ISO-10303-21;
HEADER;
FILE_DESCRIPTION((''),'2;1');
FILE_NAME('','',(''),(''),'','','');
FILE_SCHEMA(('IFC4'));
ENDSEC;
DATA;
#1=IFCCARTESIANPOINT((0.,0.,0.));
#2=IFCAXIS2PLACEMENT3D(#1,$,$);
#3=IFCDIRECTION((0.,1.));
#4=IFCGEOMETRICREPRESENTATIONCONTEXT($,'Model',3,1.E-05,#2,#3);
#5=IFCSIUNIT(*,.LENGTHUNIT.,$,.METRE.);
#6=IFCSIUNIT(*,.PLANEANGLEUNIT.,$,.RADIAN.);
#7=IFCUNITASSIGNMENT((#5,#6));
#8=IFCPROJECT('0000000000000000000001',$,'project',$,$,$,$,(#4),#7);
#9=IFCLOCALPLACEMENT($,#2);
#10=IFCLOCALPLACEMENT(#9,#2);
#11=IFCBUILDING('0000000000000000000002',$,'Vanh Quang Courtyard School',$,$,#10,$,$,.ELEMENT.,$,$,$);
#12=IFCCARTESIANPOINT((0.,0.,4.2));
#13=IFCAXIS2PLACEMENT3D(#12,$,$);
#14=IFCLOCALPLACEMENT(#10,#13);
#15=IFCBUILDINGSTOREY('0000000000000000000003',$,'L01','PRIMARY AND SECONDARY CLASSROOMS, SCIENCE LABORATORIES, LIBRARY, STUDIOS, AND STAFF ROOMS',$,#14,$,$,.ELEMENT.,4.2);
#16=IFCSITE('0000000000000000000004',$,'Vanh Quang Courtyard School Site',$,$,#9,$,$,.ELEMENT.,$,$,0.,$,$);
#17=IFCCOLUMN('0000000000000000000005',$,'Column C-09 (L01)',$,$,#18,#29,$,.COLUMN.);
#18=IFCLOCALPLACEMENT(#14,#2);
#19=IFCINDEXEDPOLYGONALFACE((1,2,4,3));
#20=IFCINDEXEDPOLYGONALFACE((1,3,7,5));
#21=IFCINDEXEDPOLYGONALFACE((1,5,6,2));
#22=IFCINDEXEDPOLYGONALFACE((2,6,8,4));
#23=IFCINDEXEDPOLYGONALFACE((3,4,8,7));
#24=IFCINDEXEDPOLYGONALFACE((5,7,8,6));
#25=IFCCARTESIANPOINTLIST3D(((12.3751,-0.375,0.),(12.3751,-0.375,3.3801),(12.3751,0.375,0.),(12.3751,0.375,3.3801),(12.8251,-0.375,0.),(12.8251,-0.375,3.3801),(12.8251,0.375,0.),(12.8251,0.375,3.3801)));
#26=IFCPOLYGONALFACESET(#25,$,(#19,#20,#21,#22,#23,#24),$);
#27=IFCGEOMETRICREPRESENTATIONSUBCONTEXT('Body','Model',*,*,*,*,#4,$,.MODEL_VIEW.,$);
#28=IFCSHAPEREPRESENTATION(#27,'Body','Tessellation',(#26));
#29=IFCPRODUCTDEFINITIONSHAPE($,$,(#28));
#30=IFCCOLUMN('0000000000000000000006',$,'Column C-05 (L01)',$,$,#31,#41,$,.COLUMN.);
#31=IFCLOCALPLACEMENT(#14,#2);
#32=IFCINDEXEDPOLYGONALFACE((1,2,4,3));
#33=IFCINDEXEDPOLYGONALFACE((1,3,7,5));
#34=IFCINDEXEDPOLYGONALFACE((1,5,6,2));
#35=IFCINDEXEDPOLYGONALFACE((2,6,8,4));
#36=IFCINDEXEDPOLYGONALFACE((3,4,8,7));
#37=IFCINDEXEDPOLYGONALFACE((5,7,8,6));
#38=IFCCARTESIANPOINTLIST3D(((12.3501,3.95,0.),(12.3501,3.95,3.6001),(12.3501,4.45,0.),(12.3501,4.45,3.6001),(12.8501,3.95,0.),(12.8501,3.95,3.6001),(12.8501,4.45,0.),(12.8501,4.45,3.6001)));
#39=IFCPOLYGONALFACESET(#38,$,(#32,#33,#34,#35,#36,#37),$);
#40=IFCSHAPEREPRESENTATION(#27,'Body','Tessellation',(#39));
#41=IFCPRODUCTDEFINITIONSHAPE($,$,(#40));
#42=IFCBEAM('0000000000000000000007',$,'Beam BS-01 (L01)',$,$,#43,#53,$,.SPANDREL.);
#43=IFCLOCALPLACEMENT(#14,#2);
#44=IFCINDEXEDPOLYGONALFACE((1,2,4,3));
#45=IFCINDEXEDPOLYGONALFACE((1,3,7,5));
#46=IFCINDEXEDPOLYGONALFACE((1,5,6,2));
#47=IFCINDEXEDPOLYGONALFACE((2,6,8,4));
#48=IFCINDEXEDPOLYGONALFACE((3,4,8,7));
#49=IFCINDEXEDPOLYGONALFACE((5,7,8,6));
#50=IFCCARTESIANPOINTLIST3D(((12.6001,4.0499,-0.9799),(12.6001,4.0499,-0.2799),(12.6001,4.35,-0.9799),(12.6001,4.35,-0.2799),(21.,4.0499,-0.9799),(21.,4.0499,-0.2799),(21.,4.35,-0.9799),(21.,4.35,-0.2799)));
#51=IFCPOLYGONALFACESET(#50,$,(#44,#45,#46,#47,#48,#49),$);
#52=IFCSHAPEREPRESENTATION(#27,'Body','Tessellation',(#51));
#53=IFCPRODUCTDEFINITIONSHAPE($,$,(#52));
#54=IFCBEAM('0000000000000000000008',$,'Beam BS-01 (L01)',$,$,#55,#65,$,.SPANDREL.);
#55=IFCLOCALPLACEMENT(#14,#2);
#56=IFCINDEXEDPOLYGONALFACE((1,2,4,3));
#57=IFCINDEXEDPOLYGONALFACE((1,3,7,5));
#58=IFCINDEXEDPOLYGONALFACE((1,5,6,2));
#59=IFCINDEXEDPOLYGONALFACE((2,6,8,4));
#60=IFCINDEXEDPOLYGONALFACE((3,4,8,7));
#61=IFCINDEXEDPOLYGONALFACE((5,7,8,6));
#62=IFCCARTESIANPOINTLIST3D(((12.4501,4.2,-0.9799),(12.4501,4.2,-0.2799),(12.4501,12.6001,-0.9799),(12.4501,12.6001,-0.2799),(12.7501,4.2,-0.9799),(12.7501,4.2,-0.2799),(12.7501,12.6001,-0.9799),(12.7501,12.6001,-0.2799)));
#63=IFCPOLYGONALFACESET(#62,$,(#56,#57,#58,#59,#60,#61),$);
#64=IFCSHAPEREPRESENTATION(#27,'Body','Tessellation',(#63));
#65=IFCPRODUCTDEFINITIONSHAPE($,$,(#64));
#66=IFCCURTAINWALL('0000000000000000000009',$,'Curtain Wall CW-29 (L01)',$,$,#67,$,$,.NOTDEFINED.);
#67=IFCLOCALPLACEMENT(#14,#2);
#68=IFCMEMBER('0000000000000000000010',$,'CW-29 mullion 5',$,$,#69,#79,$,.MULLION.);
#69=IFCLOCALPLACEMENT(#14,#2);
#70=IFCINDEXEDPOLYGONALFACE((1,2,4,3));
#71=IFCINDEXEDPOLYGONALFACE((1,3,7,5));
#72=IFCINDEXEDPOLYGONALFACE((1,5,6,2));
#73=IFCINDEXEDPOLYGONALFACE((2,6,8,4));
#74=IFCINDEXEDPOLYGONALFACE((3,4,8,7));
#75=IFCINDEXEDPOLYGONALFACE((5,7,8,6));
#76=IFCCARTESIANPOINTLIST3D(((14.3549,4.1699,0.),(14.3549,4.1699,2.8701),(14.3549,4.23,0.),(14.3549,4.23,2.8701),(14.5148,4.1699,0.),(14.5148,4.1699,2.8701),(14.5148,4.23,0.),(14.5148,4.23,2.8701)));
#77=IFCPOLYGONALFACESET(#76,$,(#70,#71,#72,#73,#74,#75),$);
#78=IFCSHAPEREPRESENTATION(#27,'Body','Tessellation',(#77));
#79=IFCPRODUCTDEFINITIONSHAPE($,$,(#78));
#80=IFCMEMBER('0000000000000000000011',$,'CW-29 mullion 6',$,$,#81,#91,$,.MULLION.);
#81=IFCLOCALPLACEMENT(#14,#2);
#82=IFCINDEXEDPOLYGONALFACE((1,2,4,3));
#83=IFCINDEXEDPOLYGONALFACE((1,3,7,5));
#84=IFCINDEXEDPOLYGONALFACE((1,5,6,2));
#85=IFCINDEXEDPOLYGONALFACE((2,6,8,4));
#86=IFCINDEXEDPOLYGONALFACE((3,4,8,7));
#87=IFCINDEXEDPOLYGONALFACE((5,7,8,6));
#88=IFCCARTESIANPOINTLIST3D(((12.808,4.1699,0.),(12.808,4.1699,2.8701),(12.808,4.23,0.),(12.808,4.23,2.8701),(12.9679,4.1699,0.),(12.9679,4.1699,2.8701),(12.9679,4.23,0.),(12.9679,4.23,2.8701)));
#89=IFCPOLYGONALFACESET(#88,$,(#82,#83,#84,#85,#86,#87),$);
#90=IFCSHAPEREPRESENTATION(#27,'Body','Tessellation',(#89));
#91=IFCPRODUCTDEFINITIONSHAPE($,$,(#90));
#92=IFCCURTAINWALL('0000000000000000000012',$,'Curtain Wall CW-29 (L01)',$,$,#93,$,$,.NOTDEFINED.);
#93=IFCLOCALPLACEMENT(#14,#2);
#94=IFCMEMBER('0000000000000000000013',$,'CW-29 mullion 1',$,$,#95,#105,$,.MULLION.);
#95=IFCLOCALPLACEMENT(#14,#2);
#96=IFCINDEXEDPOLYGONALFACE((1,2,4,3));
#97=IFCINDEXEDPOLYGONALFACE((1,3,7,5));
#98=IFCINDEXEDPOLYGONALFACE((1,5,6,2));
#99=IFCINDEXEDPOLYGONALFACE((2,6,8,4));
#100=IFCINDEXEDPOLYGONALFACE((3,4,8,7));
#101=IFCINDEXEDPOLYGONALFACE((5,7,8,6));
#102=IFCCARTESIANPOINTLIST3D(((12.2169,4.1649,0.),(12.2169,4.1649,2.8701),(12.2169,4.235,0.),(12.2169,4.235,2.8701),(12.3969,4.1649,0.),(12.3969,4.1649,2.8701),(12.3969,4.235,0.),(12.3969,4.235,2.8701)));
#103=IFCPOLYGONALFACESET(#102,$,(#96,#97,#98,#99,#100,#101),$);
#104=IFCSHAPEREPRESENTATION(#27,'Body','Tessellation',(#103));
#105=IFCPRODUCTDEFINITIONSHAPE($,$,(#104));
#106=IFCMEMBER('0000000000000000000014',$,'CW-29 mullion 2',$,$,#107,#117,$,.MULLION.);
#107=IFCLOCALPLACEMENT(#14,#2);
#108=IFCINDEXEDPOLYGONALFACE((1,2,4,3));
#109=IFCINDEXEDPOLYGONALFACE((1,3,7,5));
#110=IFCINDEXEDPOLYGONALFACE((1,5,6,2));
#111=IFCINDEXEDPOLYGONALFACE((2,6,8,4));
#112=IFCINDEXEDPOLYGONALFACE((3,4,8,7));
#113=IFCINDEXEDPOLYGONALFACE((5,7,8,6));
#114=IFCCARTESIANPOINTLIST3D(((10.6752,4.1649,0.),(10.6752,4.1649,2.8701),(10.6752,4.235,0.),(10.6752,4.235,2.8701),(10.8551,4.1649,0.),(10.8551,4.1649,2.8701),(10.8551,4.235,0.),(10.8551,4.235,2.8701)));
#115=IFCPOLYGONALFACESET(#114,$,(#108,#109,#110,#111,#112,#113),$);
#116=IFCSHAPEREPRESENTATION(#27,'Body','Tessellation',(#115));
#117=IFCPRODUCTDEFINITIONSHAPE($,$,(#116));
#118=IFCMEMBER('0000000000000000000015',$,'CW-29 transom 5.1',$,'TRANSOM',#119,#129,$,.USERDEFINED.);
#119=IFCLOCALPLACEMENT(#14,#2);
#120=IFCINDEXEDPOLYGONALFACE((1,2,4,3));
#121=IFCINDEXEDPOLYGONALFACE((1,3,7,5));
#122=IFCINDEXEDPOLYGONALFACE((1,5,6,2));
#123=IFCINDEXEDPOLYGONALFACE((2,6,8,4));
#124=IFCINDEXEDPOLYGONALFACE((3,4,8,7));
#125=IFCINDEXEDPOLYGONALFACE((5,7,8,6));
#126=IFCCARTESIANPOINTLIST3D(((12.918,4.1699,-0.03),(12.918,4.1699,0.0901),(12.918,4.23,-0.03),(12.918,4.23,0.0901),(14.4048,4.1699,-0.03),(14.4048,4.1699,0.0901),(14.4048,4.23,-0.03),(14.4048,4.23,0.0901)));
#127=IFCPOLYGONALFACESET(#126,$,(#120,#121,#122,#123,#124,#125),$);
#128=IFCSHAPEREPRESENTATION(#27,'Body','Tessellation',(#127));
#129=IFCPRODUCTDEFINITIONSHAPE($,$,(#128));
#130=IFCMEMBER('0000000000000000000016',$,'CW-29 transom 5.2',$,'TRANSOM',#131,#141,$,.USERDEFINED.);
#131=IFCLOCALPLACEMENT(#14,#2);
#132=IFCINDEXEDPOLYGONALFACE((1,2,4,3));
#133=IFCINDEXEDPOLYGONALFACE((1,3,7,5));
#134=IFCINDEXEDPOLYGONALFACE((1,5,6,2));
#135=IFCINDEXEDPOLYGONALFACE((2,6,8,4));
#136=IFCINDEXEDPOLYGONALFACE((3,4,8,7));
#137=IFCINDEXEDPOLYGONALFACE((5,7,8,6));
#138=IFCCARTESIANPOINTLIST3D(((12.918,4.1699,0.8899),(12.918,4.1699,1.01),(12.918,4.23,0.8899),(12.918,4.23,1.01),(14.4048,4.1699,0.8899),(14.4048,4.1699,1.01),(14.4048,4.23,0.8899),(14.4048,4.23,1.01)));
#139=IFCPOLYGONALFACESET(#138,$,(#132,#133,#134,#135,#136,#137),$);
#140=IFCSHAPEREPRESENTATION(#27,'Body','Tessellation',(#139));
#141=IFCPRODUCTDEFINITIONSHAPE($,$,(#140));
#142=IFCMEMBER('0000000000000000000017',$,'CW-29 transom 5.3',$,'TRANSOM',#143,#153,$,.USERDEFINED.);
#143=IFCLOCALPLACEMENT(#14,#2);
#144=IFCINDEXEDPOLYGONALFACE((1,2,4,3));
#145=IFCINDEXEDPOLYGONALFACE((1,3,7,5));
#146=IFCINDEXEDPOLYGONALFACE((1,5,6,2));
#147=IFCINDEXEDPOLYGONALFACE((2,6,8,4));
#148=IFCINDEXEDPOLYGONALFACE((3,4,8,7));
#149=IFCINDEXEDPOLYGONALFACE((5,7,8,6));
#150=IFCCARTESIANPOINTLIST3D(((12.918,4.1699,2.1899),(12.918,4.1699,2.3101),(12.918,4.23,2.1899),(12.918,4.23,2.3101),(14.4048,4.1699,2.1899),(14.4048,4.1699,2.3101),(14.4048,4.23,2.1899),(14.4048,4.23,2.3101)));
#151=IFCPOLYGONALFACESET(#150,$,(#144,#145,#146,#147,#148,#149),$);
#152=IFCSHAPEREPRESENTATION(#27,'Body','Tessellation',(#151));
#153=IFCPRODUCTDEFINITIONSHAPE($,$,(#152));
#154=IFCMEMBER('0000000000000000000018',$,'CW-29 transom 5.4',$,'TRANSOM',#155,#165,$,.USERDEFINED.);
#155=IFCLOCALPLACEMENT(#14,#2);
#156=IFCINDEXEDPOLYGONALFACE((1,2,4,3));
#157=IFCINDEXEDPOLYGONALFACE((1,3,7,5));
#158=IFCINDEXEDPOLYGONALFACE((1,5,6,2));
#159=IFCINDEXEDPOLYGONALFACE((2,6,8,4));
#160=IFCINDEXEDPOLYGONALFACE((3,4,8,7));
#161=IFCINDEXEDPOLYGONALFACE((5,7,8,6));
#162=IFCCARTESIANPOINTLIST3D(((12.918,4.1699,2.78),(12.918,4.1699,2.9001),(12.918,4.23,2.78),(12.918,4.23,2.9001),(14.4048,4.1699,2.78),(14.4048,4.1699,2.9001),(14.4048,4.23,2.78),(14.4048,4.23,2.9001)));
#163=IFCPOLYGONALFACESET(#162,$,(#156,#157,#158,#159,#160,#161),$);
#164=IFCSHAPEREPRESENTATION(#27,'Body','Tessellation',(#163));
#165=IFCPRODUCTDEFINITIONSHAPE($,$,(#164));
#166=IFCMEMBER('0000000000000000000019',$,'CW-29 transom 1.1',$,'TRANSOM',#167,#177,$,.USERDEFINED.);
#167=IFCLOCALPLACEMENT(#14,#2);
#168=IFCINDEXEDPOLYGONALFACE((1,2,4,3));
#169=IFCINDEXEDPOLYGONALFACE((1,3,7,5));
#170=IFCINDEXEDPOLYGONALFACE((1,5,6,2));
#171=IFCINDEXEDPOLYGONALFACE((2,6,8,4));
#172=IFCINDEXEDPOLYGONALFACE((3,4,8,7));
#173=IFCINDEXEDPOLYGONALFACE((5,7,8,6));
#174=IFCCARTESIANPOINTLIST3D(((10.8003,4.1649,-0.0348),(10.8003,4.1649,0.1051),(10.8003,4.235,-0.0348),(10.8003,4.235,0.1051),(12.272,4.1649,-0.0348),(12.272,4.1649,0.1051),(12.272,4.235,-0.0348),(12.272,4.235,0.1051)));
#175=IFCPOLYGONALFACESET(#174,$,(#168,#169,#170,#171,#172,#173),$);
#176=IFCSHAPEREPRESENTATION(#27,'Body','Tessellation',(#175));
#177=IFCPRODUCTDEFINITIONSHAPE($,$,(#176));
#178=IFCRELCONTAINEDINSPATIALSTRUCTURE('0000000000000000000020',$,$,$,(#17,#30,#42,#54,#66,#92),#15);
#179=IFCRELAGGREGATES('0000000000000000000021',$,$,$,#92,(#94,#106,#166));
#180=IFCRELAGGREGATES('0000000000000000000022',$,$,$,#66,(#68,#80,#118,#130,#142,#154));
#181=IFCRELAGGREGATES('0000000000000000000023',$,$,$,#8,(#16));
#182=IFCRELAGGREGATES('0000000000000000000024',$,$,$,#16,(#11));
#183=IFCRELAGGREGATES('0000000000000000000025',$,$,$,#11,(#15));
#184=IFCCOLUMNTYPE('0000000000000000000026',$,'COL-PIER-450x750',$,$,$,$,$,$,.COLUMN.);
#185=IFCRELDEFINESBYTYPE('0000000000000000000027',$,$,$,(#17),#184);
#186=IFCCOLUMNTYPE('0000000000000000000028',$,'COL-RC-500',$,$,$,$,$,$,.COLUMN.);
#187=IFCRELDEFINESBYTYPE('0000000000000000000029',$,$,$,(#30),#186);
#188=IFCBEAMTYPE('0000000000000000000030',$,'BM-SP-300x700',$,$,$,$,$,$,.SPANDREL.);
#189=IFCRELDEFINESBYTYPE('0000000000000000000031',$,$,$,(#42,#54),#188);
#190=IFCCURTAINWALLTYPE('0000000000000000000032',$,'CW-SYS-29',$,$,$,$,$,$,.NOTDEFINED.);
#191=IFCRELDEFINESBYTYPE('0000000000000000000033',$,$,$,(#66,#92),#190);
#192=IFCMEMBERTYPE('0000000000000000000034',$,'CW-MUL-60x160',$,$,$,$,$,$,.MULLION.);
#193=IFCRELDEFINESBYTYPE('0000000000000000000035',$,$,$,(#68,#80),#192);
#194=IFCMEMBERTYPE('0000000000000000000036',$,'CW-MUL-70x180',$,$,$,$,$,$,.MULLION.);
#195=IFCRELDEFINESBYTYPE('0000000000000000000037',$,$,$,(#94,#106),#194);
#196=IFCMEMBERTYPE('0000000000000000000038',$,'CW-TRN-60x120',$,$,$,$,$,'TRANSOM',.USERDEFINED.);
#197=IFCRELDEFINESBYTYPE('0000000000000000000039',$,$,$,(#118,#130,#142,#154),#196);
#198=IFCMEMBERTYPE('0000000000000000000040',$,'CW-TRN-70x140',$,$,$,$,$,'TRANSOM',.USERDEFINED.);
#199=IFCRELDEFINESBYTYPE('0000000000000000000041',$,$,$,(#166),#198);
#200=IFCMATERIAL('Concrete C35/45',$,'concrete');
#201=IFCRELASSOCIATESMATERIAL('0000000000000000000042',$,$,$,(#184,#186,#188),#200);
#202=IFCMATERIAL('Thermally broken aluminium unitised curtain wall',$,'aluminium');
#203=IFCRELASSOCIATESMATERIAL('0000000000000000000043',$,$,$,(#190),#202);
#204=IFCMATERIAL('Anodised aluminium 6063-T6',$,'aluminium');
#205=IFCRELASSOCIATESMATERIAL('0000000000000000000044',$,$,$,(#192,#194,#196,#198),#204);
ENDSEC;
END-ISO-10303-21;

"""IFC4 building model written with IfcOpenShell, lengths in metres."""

from ifc_helpers import new_model, si_unit, direction, frame, origin, origin_2d, place, context, subcontext, project, spatial, rectangle, extrude, material, material_profile, profile_set, type_object, element, aggregate, save


model = new_model("IFC4")

# Units and contexts
model_context = context("Model", 3, precision=1e-05, world=origin(), true_north=direction((0.0, 1.0)))
body_context = subcontext(model_context, "Body", "Model", "MODEL_VIEW")
ifc_project = project(units=[si_unit("LENGTHUNIT", "METRE"), si_unit("PLANEANGLEUNIT", "RADIAN")], contexts=[model_context])

# Site, building, storey
site_placement = place(None, origin())
site = spatial("IfcSite", under=ifc_project, at=site_placement, Name="Vanh Quang Courtyard School Site", CompositionType="ELEMENT", RefElevation=0.0)
building_placement = place(site_placement, origin())
building = spatial("IfcBuilding", under=site, at=building_placement, Name="Vanh Quang Courtyard School", CompositionType="ELEMENT")
storey_placement = place(building_placement, frame((0.0, 0.0, 4.2)))
storey = spatial("IfcBuildingStorey", under=building, at=storey_placement, Name="L01", Description="PRIMARY AND SECONDARY CLASSROOMS, SCIENCE LABORATORIES, LIBRARY, STUDIOS, AND STAFF ROOMS", CompositionType="ELEMENT", Elevation=4.2)

# Columns
ifc_material_1 = material(Name="Concrete C35/45", Category="concrete")
ifc_material_profile_1 = material_profile(ifc_material_1, rectangle(XDim=0.45, YDim=0.75, at=origin_2d()), Name="RC-PIER 450x750")
ifc_profile_set_1 = profile_set([ifc_material_profile_1], Name="Concrete C35/45")
column_type_1 = type_object("IfcColumnType", Name="COL-PIER-450x750", PredefinedType="COLUMN", material=ifc_profile_set_1)
column_1_placement = place(storey_placement, frame((12.6001, 0.0, 0.0), z_axis=(0.0, 0.0, 1.0), x_axis=(1.0, 0.0, 0.0)))
element("IfcColumn", 1, at=column_1_placement, inside=storey, type_object=column_type_1, Name="Column C-09 (L01)", PredefinedType="COLUMN", context=body_context, shape_type="SweptSolid", body=[
    extrude(rectangle(XDim=0.45, YDim=0.75, at=origin_2d()), origin(), (0.0, 0.0, 1.0), 3.3801),
])
ifc_material_profile_2 = material_profile(ifc_material_1, rectangle(XDim=0.5, YDim=0.5, at=origin_2d()), Name="RC-COL 500x500")
ifc_profile_set_2 = profile_set([ifc_material_profile_2], Name="Concrete C35/45")
column_type_2 = type_object("IfcColumnType", Name="COL-RC-500", PredefinedType="COLUMN", material=ifc_profile_set_2)
column_2_placement = place(storey_placement, frame((12.6001, 4.2, 0.0), z_axis=(0.0, 0.0, 1.0), x_axis=(1.0, 0.0, 0.0)))
element("IfcColumn", 2, at=column_2_placement, inside=storey, type_object=column_type_2, Name="Column C-05 (L01)", PredefinedType="COLUMN", context=body_context, shape_type="SweptSolid", body=[
    extrude(rectangle(XDim=0.5, YDim=0.5, at=origin_2d()), origin(), (0.0, 0.0, 1.0), 3.6001),
])

# Beams
ifc_material_profile_3 = material_profile(ifc_material_1, rectangle(XDim=0.3, YDim=0.7, at=origin_2d()), Name="RC-SP 300x700")
ifc_profile_set_3 = profile_set([ifc_material_profile_3], Name="Concrete C35/45")
beam_type = type_object("IfcBeamType", Name="BM-SP-300x700", PredefinedType="SPANDREL", material=ifc_profile_set_3)
beam_1_placement = place(storey_placement, frame((12.6001, 4.2, -0.6299), z_axis=(1.0, 0.0, 0.0), x_axis=(0.0, 1.0, 0.0)))
element("IfcBeam", 3, at=beam_1_placement, inside=storey, type_object=beam_type, Name="Beam BS-01 (L01)", PredefinedType="SPANDREL", context=body_context, shape_type="SweptSolid", body=[
    extrude(rectangle(XDim=0.3, YDim=0.7, at=origin_2d()), origin(), (0.0, 0.0, 1.0), 8.3999),
])
beam_2_placement = place(storey_placement, frame((12.6001, 4.2, -0.6299), z_axis=(0.0, 1.0, 0.0), x_axis=(-1.0, 0.0, 0.0)))
element("IfcBeam", 4, at=beam_2_placement, inside=storey, type_object=beam_type, Name="Beam BS-01 (L01)", PredefinedType="SPANDREL", context=body_context, shape_type="SweptSolid", body=[
    extrude(rectangle(XDim=0.3, YDim=0.7, at=origin_2d()), origin(), (0.0, 0.0, 1.0), 8.4001),
])

# Curtain walls, members
ifc_material_2 = material(Name="Thermally broken aluminium unitised curtain wall", Category="aluminium")
curtain_wall_type = type_object("IfcCurtainWallType", Name="CW-SYS-29", PredefinedType="NOTDEFINED", material=ifc_material_2)
curtain_wall_1_placement = place(storey_placement, origin())
curtain_wall_1 = element("IfcCurtainWall", 5, at=curtain_wall_1_placement, inside=storey, type_object=curtain_wall_type, Name="Curtain Wall CW-29 (L01)", PredefinedType="NOTDEFINED")
ifc_material_3 = material(Name="Anodised aluminium 6063-T6", Category="aluminium")
ifc_material_profile_4 = material_profile(ifc_material_3, rectangle(XDim=0.0601, YDim=0.1599, at=origin_2d()), Name="ALU-MUL 60x160")
ifc_profile_set_4 = profile_set([ifc_material_profile_4], Name="Anodised aluminium 6063-T6")
member_type_1 = type_object("IfcMemberType", Name="CW-MUL-60x160", PredefinedType="MULLION", material=ifc_profile_set_4)
member_1_placement = place(storey_placement, frame((14.4348, 4.2, 0.0), z_axis=(0.0, 0.0, 1.0), x_axis=(0.0, -1.0, 0.0)))
member_1 = element("IfcMember", 6, at=member_1_placement, type_object=member_type_1, Name="CW-29 mullion 5", PredefinedType="MULLION", context=body_context, shape_type="SweptSolid", body=[
    extrude(rectangle(XDim=0.0601, YDim=0.1599, at=origin_2d()), origin(), (0.0, 0.0, 1.0), 2.8701),
])
member_2_placement = place(storey_placement, frame((12.8879, 4.2, 0.0), z_axis=(0.0, 0.0, 1.0), x_axis=(0.0, -1.0, 0.0)))
member_2 = element("IfcMember", 7, at=member_2_placement, type_object=member_type_1, Name="CW-29 mullion 6", PredefinedType="MULLION", context=body_context, shape_type="SweptSolid", body=[
    extrude(rectangle(XDim=0.0601, YDim=0.1599, at=origin_2d()), origin(), (0.0, 0.0, 1.0), 2.8701),
])
curtain_wall_2_placement = place(storey_placement, origin())
curtain_wall_2 = element("IfcCurtainWall", 8, at=curtain_wall_2_placement, inside=storey, type_object=curtain_wall_type, Name="Curtain Wall CW-29 (L01)", PredefinedType="NOTDEFINED")
ifc_material_profile_5 = material_profile(ifc_material_3, rectangle(XDim=0.0701, YDim=0.1799, at=origin_2d()), Name="ALU-MUL 70x180")
ifc_profile_set_5 = profile_set([ifc_material_profile_5], Name="Anodised aluminium 6063-T6")
member_type_2 = type_object("IfcMemberType", Name="CW-MUL-70x180", PredefinedType="MULLION", material=ifc_profile_set_5)
member_3_placement = place(storey_placement, frame((12.3069, 4.2, 0.0), z_axis=(0.0, 0.0, 1.0), x_axis=(0.0, -1.0, 0.0)))
member_3 = element("IfcMember", 9, at=member_3_placement, type_object=member_type_2, Name="CW-29 mullion 1", PredefinedType="MULLION", context=body_context, shape_type="SweptSolid", body=[
    extrude(rectangle(XDim=0.0701, YDim=0.1799, at=origin_2d()), origin(), (0.0, 0.0, 1.0), 2.8701),
])
member_4_placement = place(storey_placement, frame((10.7651, 4.2, 0.0), z_axis=(0.0, 0.0, 1.0), x_axis=(0.0, -1.0, 0.0)))
member_4 = element("IfcMember", 10, at=member_4_placement, type_object=member_type_2, Name="CW-29 mullion 2", PredefinedType="MULLION", context=body_context, shape_type="SweptSolid", body=[
    extrude(rectangle(XDim=0.0701, YDim=0.1799, at=origin_2d()), origin(), (0.0, 0.0, 1.0), 2.8701),
])

# Members
ifc_material_profile_6 = material_profile(ifc_material_3, rectangle(XDim=0.0601, YDim=0.1201, at=origin_2d()), Name="ALU-TRN 60x120")
ifc_profile_set_6 = profile_set([ifc_material_profile_6], Name="Anodised aluminium 6063-T6")
member_type_3 = type_object("IfcMemberType", Name="CW-TRN-60x120", ElementType="TRANSOM", PredefinedType="USERDEFINED", material=ifc_profile_set_6)
member_5_placement = place(storey_placement, frame((14.4048, 4.2, 0.03), z_axis=(-1.0, 0.0, 0.0), x_axis=(0.0, -1.0, 0.0)))
member_5 = element("IfcMember", 11, at=member_5_placement, type_object=member_type_3, Name="CW-29 transom 5.1", ObjectType="TRANSOM", PredefinedType="USERDEFINED", context=body_context, shape_type="SweptSolid", body=[
    extrude(rectangle(XDim=0.0601, YDim=0.1201, at=origin_2d()), origin(), (0.0, 0.0, 1.0), 1.4868),
])
member_6_placement = place(storey_placement, frame((14.4048, 4.2, 0.95), z_axis=(-1.0, 0.0, 0.0), x_axis=(0.0, -1.0, 0.0)))
member_6 = element("IfcMember", 12, at=member_6_placement, type_object=member_type_3, Name="CW-29 transom 5.2", ObjectType="TRANSOM", PredefinedType="USERDEFINED", context=body_context, shape_type="SweptSolid", body=[
    extrude(rectangle(XDim=0.0601, YDim=0.1201, at=origin_2d()), origin(), (0.0, 0.0, 1.0), 1.4868),
])
member_7_placement = place(storey_placement, frame((14.4048, 4.2, 2.25), z_axis=(-1.0, 0.0, 0.0), x_axis=(0.0, -1.0, 0.0)))
member_7 = element("IfcMember", 13, at=member_7_placement, type_object=member_type_3, Name="CW-29 transom 5.3", ObjectType="TRANSOM", PredefinedType="USERDEFINED", context=body_context, shape_type="SweptSolid", body=[
    extrude(rectangle(XDim=0.0601, YDim=0.1201, at=origin_2d()), origin(), (0.0, 0.0, 1.0), 1.4868),
])
member_8_placement = place(storey_placement, frame((14.4048, 4.2, 2.8401), z_axis=(-1.0, 0.0, 0.0), x_axis=(0.0, -1.0, 0.0)))
member_8 = element("IfcMember", 14, at=member_8_placement, type_object=member_type_3, Name="CW-29 transom 5.4", ObjectType="TRANSOM", PredefinedType="USERDEFINED", context=body_context, shape_type="SweptSolid", body=[
    extrude(rectangle(XDim=0.0601, YDim=0.1201, at=origin_2d()), origin(), (0.0, 0.0, 1.0), 1.4868),
])
ifc_material_profile_7 = material_profile(ifc_material_3, rectangle(XDim=0.0701, YDim=0.1399, at=origin_2d()), Name="ALU-TRN 70x140")
ifc_profile_set_7 = profile_set([ifc_material_profile_7], Name="Anodised aluminium 6063-T6")
member_type_4 = type_object("IfcMemberType", Name="CW-TRN-70x140", ElementType="TRANSOM", PredefinedType="USERDEFINED", material=ifc_profile_set_7)
member_9_placement = place(storey_placement, frame((12.272, 4.2, 0.0352), z_axis=(-1.0, 0.0, 0.0), x_axis=(0.0, -1.0, 0.0)))
member_9 = element("IfcMember", 15, at=member_9_placement, type_object=member_type_4, Name="CW-29 transom 1.1", ObjectType="TRANSOM", PredefinedType="USERDEFINED", context=body_context, shape_type="SweptSolid", body=[
    extrude(rectangle(XDim=0.0701, YDim=0.1399, at=origin_2d()), origin(), (0.0, 0.0, 1.0), 1.4717),
])

aggregate(curtain_wall_2, [member_3, member_4, member_9])
aggregate(curtain_wall_1, [member_1, member_2, member_5, member_6, member_7, member_8])

save(model, "model.ifc")
